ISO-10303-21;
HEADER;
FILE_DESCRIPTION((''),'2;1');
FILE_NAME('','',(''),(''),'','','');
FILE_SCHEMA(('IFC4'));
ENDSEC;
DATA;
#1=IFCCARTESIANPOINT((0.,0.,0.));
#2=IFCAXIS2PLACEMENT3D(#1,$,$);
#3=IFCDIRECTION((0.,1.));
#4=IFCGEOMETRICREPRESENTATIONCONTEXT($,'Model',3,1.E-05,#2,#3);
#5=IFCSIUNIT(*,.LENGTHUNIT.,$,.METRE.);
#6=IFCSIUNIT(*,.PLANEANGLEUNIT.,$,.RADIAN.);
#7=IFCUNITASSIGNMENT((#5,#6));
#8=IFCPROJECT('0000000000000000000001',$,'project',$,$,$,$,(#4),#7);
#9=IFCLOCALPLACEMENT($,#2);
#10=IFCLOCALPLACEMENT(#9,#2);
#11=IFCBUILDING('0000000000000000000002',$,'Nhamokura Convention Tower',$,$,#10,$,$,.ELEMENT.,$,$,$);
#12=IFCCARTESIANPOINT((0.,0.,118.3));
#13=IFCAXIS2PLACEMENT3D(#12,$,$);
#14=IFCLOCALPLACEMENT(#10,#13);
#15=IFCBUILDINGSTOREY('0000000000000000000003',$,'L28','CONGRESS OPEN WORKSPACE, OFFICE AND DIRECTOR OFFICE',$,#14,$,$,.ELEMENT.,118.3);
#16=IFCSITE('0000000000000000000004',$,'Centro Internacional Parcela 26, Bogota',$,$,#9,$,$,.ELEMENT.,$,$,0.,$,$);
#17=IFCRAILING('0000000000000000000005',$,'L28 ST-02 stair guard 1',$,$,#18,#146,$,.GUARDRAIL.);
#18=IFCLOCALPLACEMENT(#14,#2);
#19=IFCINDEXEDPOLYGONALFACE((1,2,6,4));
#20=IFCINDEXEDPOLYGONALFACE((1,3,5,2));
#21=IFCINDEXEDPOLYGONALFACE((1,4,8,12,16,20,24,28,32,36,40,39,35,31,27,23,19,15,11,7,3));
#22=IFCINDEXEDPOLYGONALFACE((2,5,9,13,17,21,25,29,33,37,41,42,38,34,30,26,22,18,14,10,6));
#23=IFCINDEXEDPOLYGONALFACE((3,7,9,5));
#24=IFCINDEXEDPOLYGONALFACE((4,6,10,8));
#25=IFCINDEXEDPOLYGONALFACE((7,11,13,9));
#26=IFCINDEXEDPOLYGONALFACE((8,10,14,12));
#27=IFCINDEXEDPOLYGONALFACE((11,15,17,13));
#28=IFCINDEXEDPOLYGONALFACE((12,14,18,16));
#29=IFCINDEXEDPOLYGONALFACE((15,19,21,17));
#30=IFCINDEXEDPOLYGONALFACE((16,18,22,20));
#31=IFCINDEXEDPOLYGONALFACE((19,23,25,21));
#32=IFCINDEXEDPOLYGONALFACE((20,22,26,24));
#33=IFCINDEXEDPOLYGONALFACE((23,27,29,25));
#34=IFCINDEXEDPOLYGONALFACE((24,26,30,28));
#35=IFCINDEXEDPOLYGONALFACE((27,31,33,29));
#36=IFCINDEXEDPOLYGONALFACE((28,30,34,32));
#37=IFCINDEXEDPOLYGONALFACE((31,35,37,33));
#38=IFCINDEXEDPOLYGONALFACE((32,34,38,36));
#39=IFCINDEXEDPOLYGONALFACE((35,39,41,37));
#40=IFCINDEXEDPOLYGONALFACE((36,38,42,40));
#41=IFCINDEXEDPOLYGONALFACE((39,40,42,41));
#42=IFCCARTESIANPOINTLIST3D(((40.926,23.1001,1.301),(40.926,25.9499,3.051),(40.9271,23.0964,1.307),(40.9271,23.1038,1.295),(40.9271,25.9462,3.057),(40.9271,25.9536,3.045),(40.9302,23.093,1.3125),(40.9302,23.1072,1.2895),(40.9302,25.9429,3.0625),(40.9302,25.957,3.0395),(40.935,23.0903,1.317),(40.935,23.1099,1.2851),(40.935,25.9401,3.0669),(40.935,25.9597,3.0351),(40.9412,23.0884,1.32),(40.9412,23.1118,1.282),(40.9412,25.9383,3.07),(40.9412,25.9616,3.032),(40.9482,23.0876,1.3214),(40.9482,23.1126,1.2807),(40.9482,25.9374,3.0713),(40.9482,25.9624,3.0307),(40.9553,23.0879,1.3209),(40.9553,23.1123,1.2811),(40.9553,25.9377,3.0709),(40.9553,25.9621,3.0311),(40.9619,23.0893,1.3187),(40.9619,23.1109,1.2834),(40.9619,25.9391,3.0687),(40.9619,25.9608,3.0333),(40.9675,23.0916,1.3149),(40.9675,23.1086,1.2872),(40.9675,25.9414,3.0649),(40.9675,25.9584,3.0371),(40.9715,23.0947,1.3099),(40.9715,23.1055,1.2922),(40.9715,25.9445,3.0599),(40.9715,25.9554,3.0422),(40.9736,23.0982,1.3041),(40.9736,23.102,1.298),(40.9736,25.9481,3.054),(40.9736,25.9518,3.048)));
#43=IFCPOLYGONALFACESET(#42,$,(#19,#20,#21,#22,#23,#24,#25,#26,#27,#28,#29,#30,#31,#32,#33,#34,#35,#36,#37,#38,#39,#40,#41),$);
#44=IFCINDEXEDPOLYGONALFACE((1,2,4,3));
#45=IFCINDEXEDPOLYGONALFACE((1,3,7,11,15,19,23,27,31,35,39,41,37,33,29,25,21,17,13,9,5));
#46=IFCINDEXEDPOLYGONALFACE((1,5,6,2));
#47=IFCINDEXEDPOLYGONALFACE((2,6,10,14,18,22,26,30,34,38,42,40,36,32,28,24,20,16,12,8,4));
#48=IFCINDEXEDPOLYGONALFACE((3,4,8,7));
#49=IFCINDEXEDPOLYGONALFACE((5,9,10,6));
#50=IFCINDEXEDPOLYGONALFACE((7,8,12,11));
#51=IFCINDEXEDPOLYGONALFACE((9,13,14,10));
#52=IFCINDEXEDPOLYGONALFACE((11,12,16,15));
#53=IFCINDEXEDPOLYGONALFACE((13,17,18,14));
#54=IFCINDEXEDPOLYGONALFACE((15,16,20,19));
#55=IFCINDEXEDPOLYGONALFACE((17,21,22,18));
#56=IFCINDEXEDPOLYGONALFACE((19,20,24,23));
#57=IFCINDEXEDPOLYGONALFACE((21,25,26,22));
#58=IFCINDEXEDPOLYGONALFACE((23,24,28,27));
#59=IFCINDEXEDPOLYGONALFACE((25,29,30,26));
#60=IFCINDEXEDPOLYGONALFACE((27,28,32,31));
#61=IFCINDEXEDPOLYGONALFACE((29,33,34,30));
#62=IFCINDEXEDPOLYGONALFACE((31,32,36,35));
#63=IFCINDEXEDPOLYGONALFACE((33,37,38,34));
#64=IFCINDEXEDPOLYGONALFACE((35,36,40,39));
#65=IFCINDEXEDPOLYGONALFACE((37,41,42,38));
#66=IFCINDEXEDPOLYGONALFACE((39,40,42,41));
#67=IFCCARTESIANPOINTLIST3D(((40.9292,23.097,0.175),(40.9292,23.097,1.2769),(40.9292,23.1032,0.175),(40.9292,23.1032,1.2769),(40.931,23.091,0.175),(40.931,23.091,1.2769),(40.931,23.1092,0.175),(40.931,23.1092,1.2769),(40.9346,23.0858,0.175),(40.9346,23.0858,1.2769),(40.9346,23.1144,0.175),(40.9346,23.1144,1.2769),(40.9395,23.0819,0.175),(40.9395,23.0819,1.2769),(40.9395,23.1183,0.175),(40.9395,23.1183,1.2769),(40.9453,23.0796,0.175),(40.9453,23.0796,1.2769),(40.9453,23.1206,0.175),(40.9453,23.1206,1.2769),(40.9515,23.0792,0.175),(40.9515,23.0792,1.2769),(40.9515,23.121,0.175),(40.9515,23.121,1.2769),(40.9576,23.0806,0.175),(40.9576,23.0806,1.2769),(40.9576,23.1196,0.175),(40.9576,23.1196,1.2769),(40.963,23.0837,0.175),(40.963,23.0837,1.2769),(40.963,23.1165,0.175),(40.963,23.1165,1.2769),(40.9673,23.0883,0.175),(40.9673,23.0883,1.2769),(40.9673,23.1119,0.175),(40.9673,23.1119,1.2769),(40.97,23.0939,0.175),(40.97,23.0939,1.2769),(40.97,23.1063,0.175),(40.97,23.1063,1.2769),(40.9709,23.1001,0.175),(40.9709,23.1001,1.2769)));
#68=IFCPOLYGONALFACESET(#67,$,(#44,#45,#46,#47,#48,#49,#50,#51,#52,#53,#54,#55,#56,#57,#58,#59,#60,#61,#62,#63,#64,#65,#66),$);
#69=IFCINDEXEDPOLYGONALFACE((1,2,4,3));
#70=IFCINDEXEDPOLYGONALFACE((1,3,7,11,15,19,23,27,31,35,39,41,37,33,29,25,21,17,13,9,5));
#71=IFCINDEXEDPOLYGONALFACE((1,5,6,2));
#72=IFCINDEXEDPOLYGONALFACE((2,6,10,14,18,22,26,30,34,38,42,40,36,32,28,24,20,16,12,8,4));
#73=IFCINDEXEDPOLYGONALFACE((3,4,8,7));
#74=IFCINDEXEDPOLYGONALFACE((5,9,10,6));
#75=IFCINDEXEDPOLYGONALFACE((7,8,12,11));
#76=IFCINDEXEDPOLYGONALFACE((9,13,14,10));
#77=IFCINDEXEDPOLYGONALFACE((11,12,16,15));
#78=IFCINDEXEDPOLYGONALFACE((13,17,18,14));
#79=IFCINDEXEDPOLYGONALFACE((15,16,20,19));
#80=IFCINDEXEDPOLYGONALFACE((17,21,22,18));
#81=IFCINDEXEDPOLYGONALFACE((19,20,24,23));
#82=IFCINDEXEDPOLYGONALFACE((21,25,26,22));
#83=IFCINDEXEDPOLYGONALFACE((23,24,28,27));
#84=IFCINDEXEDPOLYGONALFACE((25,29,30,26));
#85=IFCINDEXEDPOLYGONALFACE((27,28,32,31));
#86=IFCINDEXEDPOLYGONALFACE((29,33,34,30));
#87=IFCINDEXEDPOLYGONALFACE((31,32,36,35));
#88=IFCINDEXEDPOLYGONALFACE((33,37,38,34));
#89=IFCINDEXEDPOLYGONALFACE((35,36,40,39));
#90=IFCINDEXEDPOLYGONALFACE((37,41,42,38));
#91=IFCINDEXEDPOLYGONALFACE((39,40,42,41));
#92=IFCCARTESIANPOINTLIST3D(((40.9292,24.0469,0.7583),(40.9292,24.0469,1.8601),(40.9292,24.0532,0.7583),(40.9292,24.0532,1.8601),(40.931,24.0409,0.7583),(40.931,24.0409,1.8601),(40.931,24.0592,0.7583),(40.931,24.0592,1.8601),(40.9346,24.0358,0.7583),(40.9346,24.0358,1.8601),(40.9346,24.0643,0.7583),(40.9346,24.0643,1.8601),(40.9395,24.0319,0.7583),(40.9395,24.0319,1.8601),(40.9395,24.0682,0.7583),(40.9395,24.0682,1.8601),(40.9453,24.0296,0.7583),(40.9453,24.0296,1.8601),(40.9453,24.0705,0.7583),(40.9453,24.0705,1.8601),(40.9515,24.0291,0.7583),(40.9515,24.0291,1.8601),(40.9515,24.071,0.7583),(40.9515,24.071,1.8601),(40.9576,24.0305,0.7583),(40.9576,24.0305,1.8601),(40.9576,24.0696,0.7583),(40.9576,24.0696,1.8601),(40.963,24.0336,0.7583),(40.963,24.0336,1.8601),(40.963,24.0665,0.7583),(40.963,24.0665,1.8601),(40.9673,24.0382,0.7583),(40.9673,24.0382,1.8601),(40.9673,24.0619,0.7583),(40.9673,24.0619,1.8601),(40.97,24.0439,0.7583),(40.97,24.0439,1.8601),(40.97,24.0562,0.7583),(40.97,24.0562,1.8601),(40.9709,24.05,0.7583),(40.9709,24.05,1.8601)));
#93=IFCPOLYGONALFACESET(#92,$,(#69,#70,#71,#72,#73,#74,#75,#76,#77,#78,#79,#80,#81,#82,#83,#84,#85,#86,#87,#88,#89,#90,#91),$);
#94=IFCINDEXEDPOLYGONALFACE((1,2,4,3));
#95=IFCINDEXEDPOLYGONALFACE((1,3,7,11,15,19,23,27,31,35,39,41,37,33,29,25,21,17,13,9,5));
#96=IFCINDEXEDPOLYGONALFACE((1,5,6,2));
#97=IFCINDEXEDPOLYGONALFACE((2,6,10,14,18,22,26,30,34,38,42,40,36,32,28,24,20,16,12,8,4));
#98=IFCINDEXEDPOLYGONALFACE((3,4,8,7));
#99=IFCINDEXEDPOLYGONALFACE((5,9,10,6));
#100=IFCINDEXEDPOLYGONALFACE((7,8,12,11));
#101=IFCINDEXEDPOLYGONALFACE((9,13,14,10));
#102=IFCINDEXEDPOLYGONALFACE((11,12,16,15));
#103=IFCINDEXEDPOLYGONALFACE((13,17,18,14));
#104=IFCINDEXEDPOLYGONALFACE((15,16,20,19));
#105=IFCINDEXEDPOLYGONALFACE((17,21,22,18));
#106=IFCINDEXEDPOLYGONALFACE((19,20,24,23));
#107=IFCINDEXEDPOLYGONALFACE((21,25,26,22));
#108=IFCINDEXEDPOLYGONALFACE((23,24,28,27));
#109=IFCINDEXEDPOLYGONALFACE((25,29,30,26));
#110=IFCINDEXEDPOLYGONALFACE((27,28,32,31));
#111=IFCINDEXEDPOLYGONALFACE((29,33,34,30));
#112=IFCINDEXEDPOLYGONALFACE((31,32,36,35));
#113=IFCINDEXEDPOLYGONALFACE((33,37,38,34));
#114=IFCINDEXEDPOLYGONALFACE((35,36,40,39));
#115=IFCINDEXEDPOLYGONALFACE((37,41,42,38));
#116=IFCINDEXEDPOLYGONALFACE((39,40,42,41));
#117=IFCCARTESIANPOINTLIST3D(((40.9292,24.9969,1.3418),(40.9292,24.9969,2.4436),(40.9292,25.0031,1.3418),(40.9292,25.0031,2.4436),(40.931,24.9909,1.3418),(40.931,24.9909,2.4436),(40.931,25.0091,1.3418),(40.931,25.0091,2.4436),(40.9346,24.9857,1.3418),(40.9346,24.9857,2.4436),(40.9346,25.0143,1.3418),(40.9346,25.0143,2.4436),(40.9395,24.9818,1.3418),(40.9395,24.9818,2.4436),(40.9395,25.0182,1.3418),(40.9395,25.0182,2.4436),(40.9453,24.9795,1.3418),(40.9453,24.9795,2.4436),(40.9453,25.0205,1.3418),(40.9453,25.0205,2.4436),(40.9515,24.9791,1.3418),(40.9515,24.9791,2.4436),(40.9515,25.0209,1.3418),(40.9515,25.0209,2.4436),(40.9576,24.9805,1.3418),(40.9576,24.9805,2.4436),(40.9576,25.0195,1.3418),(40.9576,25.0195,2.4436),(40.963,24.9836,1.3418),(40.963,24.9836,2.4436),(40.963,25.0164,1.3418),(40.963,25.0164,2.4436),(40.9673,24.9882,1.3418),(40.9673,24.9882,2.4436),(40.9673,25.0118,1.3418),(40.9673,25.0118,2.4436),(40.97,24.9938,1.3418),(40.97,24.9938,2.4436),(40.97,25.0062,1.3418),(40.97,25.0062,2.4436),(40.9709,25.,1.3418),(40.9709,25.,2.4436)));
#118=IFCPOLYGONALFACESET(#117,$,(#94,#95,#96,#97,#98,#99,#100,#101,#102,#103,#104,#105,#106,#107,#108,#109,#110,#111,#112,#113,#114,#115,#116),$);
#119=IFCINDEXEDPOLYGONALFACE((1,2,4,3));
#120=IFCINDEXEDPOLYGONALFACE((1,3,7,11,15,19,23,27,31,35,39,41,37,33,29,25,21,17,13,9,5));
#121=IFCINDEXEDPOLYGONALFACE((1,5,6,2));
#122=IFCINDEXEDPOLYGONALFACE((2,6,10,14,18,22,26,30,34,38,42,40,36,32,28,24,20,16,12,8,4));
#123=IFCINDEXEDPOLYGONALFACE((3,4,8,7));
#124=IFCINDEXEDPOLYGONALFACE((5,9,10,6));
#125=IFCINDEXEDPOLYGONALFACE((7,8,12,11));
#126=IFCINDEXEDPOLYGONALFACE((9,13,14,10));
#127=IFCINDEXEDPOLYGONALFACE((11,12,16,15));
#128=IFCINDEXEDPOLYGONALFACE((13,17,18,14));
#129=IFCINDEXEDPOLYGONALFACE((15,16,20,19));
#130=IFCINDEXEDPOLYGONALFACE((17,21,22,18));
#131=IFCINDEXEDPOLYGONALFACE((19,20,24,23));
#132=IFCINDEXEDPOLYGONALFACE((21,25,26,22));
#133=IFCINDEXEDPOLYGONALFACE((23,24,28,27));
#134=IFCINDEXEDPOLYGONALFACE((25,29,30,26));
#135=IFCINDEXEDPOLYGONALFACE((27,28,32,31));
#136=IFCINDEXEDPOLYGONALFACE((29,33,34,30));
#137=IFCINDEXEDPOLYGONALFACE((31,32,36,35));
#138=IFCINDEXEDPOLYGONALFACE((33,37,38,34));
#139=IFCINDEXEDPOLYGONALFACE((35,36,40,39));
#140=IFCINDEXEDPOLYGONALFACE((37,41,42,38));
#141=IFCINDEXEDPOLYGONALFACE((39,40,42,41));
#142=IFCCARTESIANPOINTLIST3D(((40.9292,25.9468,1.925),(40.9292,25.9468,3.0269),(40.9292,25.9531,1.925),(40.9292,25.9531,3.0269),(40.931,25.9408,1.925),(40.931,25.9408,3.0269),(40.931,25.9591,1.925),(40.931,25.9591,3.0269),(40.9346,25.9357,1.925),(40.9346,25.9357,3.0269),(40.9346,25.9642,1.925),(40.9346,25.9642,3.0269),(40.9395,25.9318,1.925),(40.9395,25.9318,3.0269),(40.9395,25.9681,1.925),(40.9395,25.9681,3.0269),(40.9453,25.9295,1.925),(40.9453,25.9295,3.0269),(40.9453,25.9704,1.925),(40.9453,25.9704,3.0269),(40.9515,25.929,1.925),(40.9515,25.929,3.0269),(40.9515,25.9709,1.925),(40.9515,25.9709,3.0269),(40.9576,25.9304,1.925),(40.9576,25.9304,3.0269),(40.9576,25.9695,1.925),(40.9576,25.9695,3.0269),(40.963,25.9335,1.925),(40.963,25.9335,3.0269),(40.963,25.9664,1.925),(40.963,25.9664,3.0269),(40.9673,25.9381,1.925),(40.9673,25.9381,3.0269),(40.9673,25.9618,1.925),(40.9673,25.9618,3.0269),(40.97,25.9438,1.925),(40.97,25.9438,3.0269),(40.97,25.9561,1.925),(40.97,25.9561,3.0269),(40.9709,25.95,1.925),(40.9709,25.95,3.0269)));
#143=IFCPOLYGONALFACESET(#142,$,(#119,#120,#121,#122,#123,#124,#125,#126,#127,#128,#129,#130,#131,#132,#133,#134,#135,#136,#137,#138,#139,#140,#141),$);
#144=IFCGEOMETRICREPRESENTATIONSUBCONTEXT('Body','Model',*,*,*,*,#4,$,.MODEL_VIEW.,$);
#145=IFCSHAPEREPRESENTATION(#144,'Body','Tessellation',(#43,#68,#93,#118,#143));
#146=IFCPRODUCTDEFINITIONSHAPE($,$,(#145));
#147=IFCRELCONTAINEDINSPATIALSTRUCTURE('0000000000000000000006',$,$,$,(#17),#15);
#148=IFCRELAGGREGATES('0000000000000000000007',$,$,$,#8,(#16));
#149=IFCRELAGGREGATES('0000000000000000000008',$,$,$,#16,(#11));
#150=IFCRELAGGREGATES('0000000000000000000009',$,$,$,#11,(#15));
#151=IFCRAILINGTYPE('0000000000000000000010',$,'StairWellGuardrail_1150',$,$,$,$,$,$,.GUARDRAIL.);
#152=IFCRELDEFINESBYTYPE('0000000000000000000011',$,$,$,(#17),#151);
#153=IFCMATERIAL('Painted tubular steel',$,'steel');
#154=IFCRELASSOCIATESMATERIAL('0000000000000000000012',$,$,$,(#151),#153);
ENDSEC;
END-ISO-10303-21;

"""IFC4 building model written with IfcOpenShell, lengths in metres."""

from ifc_helpers import new_model, si_unit, direction, frame, origin, origin_2d, place, context, subcontext, project, spatial, circle, extrude, material, type_object, element, save


model = new_model("IFC4")

# Units and contexts
model_context = context("Model", 3, precision=1e-05, world=origin(), true_north=direction((0.0, 1.0)))
body_context = subcontext(model_context, "Body", "Model", "MODEL_VIEW")
ifc_project = project(units=[si_unit("LENGTHUNIT", "METRE"), si_unit("PLANEANGLEUNIT", "RADIAN")], contexts=[model_context])

# Site, building, storey
site_placement = place(None, origin())
site = spatial("IfcSite", under=ifc_project, at=site_placement, Name="Centro Internacional Parcela 26, Bogota", CompositionType="ELEMENT", RefElevation=0.0)
building_placement = place(site_placement, origin())
building = spatial("IfcBuilding", under=site, at=building_placement, Name="Nhamokura Convention Tower", CompositionType="ELEMENT")
storey_placement = place(building_placement, frame((0.0, 0.0, 118.3)))
storey = spatial("IfcBuildingStorey", under=building, at=storey_placement, Name="L28", Description="CONGRESS OPEN WORKSPACE, OFFICE AND DIRECTOR OFFICE", CompositionType="ELEMENT", Elevation=118.3)

# Railing
ifc_material_1 = material(Name="Painted tubular steel", Category="steel")
railing_type_1 = type_object("IfcRailingType", Name="StairWellGuardrail_1150", PredefinedType="GUARDRAIL", material=ifc_material_1)
railing_1_placement = place(storey_placement, frame((40.95, 23.1001, 0.175)))
element("IfcRailing", 1, at=railing_1_placement, inside=storey, type_object=railing_type_1, Name="L28 ST-02 stair guard 1", PredefinedType="GUARDRAIL", context=body_context, shape_type="SweptSolid", body=[
    extrude(circle(Radius=0.0239, at=origin_2d()), frame((0.0, 0.0, 1.126), z_axis=(0.0, 0.852159, 0.523283), x_axis=(-1.0, 0.0, 0.0)), (0.0, 0.0, 1.0), 3.3442),
    extrude(circle(Radius=0.021, at=origin_2d()), origin(), (0.0, 0.0, 1.0), 1.1018),
    extrude(circle(Radius=0.021, at=origin_2d()), frame((0.0, 0.95, 0.5833)), (0.0, 0.0, 1.0), 1.1018),
    extrude(circle(Radius=0.021, at=origin_2d()), frame((0.0, 1.8999, 1.1667)), (0.0, 0.0, 1.0), 1.1018),
    extrude(circle(Radius=0.021, at=origin_2d()), frame((0.0, 2.8499, 1.75)), (0.0, 0.0, 1.0), 1.1018),
])

save(model, "model.ifc")
